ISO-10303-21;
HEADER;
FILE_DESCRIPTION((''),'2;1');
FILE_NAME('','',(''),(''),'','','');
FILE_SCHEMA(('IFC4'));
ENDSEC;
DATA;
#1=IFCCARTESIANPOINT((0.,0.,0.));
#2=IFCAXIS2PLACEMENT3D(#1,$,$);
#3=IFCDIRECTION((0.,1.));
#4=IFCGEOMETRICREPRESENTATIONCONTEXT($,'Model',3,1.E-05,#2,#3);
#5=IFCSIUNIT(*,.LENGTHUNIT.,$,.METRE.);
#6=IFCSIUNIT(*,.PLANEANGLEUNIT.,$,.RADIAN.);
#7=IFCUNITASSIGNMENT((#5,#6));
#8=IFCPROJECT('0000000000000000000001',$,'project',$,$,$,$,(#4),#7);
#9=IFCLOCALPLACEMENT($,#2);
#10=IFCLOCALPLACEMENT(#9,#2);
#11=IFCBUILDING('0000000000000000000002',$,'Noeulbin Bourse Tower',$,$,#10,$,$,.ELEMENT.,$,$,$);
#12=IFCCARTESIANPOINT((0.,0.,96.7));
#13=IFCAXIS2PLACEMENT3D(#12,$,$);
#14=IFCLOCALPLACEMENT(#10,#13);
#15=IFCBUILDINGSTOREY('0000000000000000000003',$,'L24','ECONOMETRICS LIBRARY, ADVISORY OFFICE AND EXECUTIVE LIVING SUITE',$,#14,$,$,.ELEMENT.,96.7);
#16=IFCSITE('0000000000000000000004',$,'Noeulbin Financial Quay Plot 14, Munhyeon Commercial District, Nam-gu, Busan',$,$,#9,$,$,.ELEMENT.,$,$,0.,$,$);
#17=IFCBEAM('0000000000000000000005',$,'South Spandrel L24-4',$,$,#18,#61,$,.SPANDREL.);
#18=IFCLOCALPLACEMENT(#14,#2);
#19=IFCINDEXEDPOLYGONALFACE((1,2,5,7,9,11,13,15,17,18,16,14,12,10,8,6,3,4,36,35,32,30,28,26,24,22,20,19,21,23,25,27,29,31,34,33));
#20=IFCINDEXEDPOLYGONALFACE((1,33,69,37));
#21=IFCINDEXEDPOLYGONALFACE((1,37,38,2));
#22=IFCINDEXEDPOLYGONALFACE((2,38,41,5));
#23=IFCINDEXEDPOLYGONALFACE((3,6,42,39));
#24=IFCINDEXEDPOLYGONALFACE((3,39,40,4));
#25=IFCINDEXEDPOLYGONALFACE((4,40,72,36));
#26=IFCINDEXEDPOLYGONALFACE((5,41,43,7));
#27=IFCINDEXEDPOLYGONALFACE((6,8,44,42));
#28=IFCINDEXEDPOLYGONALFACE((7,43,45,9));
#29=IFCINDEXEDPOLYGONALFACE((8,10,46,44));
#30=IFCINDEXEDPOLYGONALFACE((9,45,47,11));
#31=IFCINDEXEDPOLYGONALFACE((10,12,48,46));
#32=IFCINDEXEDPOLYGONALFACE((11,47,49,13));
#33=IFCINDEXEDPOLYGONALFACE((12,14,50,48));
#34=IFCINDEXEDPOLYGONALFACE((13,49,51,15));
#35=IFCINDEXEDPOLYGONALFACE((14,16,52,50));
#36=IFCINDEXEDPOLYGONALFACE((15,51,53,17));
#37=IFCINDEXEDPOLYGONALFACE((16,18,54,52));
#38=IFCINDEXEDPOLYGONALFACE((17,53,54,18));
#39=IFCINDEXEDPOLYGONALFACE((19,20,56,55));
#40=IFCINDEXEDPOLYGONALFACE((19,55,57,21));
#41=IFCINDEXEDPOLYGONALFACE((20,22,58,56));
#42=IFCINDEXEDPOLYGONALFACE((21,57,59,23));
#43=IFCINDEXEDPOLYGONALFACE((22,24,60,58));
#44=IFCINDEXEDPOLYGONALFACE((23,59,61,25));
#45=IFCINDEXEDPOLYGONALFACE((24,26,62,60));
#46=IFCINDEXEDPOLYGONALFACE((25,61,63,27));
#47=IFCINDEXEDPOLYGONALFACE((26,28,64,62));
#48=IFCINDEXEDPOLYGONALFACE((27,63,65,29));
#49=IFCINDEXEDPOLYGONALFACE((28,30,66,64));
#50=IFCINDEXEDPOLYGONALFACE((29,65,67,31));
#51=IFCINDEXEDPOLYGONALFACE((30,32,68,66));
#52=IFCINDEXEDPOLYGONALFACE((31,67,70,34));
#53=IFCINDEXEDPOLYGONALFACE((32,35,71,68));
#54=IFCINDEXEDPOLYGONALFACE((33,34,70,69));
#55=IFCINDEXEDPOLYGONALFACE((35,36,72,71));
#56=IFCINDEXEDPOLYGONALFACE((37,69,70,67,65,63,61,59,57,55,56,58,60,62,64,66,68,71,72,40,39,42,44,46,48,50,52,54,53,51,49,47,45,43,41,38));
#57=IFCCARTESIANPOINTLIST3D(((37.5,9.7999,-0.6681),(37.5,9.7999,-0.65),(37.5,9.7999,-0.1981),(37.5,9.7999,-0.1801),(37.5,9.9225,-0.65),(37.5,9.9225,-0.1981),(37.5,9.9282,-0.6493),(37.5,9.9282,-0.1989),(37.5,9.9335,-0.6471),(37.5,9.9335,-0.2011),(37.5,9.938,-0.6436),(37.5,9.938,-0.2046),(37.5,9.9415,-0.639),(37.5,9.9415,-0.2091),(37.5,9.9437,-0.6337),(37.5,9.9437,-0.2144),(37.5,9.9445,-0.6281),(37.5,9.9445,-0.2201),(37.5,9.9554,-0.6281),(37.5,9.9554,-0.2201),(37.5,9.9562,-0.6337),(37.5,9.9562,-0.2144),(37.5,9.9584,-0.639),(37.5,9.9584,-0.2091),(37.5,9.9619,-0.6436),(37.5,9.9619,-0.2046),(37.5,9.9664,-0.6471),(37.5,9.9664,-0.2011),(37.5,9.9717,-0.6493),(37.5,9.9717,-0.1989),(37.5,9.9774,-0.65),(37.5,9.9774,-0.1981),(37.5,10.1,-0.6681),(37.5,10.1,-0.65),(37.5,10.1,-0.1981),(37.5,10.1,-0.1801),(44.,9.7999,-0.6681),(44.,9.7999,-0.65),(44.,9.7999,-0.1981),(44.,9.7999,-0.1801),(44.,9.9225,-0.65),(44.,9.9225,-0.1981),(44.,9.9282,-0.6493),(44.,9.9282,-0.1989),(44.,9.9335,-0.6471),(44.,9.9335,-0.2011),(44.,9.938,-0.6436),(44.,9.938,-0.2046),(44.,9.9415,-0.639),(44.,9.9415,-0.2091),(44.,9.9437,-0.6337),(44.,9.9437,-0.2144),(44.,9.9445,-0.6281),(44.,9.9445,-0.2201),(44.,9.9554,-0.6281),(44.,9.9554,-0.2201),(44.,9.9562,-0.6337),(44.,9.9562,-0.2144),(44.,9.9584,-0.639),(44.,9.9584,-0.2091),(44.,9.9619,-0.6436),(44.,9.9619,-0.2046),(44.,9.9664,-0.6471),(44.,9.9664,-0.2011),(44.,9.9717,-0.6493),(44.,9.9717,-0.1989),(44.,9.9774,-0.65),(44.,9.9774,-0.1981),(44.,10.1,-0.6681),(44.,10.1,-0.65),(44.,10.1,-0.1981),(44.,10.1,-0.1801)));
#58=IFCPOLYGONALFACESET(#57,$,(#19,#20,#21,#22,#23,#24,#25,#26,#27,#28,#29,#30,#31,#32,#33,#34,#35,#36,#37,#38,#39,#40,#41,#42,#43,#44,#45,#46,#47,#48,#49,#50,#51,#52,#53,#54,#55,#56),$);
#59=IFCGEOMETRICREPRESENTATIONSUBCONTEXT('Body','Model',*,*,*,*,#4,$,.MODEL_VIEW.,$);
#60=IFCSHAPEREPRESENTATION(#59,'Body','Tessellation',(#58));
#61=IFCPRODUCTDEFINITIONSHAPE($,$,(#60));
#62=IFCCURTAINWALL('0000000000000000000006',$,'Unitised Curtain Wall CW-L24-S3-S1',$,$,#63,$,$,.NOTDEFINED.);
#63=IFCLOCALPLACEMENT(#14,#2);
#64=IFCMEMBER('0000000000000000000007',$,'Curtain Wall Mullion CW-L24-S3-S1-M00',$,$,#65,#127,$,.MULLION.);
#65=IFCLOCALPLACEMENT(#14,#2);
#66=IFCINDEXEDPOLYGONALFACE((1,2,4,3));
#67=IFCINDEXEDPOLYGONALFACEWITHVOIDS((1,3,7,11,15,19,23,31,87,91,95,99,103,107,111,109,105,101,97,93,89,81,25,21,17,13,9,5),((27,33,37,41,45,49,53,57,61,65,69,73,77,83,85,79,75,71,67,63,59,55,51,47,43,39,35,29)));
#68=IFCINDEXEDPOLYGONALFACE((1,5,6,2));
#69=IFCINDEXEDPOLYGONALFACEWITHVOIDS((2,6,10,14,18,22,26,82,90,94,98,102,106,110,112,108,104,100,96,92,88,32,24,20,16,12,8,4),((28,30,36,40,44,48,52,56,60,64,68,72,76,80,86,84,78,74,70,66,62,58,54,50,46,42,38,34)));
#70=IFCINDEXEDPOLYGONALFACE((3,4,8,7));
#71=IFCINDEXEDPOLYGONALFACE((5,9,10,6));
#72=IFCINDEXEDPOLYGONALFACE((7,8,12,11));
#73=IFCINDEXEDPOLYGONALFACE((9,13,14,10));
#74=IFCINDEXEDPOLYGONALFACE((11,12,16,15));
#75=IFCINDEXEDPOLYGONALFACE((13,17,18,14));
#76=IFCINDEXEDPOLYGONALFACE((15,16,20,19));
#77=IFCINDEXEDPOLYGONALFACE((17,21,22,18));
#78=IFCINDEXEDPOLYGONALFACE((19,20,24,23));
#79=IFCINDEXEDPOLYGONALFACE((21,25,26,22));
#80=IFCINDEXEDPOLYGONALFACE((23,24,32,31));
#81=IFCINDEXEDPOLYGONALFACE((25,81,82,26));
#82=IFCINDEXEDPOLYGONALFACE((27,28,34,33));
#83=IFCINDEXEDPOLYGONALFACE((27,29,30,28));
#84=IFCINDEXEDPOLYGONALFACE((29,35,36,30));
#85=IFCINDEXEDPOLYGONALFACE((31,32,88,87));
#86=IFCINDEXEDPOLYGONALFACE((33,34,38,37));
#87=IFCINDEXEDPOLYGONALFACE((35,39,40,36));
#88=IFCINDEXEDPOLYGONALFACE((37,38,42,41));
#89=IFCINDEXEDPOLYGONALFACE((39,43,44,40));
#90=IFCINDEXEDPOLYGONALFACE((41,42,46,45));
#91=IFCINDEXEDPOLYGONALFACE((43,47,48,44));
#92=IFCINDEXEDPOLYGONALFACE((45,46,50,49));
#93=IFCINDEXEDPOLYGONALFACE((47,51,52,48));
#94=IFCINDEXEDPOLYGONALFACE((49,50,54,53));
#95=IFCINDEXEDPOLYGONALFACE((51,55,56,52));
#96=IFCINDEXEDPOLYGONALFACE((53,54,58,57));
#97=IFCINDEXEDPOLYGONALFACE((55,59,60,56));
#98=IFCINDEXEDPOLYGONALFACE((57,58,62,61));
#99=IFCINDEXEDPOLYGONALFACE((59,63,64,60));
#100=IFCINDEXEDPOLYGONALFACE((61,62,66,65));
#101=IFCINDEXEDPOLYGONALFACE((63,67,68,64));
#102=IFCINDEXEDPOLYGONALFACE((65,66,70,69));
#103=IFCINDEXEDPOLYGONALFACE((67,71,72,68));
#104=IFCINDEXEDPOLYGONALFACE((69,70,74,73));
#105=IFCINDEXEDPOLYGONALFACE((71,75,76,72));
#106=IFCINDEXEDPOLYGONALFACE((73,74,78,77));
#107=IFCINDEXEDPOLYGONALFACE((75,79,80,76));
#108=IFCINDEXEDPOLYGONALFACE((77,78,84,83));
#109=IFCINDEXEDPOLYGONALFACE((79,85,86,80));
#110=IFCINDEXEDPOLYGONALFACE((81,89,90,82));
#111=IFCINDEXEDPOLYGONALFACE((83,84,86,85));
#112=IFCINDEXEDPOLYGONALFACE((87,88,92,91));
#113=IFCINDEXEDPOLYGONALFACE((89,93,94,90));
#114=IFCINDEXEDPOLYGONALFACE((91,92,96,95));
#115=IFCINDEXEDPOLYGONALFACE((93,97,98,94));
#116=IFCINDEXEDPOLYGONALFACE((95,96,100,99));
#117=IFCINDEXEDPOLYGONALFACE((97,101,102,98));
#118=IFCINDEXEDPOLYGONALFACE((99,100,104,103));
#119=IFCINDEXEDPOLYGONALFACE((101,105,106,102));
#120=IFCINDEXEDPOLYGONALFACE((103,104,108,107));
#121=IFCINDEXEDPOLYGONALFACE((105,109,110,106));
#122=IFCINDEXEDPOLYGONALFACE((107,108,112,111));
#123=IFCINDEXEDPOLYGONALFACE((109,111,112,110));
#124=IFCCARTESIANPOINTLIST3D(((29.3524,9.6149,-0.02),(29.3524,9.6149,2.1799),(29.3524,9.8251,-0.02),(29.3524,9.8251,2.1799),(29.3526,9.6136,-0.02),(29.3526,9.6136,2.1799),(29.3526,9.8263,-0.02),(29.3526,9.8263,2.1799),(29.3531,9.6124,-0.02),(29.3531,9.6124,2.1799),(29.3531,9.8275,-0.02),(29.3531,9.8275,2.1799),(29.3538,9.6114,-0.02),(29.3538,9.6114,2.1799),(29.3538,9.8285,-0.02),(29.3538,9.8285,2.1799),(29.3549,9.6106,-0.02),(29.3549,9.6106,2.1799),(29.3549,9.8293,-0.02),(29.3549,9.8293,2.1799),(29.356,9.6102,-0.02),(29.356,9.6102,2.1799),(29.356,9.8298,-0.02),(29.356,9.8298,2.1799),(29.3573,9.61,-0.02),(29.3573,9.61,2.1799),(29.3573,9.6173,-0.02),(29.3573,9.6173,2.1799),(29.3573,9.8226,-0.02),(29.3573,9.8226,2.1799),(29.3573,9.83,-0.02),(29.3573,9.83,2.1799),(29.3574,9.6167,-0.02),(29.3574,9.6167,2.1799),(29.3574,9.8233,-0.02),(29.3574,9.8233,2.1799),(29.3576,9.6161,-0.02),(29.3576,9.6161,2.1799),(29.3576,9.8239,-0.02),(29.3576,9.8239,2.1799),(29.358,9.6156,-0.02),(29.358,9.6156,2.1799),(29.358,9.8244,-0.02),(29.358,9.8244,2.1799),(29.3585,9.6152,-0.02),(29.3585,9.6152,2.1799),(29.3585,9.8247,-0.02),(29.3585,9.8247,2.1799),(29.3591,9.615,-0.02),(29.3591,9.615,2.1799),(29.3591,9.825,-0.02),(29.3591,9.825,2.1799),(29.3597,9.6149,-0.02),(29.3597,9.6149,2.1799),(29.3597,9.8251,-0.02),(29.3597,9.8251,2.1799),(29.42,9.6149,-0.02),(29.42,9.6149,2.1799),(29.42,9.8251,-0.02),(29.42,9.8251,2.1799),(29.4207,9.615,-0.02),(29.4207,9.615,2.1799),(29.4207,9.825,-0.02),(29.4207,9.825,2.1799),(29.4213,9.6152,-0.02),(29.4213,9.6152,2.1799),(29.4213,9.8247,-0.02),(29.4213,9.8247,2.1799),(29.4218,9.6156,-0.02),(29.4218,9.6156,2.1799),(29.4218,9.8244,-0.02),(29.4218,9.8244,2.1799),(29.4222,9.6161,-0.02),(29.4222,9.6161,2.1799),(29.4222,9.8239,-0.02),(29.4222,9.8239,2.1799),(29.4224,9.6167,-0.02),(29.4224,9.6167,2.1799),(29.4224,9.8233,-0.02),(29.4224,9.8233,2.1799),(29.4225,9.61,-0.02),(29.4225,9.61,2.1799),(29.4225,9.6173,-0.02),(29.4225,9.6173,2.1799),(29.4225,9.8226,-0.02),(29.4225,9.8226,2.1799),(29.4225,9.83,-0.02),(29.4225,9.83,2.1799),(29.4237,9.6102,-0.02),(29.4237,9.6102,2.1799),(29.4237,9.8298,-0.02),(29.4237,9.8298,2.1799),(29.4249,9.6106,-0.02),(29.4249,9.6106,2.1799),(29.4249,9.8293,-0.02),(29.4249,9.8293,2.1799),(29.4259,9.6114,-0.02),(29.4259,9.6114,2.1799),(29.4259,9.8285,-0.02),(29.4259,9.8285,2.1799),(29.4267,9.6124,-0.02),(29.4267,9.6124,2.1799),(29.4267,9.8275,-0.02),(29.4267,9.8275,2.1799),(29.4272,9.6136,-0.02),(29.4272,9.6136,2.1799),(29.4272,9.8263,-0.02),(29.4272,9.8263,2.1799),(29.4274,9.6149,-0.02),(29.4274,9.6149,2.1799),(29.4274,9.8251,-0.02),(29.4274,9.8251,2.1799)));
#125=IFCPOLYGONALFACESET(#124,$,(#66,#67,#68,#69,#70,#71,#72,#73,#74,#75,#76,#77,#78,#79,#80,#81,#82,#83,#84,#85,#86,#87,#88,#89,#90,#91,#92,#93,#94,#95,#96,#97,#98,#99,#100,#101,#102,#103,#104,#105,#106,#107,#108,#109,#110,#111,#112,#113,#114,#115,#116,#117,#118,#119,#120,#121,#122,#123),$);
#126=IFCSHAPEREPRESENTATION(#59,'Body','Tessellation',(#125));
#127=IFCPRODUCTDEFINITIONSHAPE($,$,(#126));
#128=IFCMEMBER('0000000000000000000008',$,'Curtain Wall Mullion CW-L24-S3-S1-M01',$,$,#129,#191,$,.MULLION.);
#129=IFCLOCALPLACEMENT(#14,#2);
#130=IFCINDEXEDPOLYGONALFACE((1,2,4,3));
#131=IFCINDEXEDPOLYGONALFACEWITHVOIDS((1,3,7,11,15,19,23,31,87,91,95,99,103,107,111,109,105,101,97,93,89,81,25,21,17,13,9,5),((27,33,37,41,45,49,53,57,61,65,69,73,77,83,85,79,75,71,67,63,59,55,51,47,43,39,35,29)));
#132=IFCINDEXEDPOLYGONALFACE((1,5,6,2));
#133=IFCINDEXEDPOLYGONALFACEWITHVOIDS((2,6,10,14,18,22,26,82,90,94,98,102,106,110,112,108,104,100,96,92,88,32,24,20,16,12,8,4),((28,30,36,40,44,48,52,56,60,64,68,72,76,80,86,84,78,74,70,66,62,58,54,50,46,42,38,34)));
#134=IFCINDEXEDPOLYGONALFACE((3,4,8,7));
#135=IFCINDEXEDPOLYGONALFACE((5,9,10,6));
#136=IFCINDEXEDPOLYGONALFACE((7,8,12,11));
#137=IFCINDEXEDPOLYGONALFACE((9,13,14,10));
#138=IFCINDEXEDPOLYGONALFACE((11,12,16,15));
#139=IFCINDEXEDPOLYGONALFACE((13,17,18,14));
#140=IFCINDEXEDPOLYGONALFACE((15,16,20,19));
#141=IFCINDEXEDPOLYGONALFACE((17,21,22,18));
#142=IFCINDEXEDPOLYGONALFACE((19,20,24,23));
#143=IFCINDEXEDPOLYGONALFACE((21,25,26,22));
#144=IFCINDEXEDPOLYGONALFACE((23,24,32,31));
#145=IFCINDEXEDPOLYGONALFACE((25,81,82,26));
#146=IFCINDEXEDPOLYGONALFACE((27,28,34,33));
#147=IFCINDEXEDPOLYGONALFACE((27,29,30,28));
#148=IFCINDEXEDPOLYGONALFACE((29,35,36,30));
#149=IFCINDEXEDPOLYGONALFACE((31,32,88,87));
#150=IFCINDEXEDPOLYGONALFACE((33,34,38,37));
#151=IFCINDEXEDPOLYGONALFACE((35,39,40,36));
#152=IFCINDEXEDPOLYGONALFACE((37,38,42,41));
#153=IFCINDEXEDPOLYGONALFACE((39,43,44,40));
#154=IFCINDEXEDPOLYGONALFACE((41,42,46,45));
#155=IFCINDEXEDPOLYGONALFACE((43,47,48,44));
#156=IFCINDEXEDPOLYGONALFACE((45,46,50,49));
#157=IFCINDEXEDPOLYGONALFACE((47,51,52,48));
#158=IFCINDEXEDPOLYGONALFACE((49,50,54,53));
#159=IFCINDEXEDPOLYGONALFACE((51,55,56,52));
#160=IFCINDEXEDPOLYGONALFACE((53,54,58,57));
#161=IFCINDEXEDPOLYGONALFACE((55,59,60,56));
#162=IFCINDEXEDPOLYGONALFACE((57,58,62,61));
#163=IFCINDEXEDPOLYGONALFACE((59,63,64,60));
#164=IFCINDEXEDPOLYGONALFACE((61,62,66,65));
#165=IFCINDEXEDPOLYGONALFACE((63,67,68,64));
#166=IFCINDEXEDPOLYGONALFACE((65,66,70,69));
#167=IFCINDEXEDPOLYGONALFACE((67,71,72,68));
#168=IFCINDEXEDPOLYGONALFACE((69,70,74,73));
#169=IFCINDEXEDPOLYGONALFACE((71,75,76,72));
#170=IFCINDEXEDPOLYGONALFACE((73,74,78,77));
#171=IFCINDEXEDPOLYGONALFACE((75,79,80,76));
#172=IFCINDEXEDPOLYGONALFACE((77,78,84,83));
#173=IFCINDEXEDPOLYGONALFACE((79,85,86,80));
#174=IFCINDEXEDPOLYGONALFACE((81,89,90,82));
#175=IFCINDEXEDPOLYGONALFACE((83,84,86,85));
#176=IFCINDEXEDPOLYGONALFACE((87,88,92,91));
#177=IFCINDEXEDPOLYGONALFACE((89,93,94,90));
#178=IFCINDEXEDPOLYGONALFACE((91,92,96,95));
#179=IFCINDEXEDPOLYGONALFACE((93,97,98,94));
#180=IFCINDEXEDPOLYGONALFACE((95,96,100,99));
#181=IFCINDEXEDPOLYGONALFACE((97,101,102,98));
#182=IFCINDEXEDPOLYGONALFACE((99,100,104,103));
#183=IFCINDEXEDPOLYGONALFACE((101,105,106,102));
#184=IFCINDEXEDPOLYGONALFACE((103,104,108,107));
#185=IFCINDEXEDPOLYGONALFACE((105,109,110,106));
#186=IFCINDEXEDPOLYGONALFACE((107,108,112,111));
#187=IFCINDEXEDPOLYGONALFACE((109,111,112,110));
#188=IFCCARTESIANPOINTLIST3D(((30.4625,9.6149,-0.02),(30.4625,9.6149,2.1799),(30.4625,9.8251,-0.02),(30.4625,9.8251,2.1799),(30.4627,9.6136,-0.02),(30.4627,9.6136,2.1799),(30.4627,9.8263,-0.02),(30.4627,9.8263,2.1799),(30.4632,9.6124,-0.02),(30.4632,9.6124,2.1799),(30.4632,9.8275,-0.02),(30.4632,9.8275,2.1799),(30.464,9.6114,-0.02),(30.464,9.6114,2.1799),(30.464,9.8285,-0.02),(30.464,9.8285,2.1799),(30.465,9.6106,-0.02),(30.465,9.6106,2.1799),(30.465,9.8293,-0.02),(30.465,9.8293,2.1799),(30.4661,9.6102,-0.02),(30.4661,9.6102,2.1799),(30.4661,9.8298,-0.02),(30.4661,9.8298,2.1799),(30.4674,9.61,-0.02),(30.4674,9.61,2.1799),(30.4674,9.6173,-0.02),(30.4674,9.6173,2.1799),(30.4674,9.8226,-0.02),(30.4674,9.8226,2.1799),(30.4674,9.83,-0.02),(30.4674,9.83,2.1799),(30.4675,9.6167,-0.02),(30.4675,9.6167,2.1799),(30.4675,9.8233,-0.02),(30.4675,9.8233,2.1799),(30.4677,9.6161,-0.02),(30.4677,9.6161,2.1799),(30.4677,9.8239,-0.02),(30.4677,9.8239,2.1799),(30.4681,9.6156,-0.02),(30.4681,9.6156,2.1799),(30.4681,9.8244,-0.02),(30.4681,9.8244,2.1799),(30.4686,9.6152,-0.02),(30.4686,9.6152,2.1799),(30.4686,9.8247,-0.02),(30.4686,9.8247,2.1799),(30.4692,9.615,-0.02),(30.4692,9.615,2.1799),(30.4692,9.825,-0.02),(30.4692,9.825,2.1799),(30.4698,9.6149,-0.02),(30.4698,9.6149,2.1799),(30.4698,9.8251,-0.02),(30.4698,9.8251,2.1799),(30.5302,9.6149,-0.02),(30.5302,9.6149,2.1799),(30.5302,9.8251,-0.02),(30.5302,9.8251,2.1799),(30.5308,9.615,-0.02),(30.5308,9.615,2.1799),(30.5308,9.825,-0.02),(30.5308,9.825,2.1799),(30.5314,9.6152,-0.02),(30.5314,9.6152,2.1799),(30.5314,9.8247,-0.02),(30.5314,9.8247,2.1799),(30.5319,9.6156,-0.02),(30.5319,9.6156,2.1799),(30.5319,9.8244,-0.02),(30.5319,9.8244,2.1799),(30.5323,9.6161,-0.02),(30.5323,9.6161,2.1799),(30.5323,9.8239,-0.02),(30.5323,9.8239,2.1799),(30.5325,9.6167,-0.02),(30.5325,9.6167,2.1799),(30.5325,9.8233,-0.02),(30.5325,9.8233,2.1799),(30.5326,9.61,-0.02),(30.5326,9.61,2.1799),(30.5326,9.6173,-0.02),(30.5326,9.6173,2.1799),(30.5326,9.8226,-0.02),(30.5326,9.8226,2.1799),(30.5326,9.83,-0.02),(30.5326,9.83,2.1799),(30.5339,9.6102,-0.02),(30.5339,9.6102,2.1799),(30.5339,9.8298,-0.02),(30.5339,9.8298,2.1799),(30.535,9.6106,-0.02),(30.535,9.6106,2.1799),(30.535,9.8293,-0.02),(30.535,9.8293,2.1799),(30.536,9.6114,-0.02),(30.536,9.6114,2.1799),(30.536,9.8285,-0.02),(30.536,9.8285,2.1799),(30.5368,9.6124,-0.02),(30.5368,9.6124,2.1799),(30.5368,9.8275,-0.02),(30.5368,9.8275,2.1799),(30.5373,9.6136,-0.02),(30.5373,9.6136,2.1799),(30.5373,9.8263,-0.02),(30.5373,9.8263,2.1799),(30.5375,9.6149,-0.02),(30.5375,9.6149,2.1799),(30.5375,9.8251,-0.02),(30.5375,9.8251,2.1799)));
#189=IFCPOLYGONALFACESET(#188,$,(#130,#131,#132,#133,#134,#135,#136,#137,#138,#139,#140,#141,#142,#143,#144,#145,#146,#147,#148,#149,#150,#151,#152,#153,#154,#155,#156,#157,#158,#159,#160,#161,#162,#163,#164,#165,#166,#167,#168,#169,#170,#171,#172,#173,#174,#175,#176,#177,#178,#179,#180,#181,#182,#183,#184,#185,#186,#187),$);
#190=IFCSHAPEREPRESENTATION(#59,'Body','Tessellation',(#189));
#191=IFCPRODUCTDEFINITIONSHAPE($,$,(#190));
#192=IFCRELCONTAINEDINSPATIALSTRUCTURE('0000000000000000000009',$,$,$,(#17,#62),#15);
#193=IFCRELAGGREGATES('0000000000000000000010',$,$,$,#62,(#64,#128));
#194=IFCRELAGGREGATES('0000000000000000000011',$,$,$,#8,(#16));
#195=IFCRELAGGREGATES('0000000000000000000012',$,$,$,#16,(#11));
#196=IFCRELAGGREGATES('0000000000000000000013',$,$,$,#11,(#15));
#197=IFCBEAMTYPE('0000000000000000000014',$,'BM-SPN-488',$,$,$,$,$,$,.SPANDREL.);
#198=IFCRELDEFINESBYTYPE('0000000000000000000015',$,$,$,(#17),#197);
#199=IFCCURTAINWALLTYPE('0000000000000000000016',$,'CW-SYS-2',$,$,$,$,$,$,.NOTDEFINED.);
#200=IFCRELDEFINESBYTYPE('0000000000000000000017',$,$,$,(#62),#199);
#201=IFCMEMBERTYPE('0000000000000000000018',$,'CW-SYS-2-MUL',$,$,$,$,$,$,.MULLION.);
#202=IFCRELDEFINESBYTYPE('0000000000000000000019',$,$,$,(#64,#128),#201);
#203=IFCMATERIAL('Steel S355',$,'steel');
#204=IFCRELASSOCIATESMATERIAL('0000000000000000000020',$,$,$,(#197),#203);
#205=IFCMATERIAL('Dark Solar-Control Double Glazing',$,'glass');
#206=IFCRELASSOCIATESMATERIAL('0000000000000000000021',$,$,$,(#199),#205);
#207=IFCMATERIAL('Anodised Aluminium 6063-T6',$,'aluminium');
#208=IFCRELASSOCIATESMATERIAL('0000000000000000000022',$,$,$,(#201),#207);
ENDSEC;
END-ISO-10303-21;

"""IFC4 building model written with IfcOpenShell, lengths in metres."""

from ifc_helpers import new_model, si_unit, direction, frame, origin, origin_2d, place, context, subcontext, project, spatial, hollow_rectangle, i_section, extrude, material, material_profile, profile_set, type_object, element, aggregate, save


model = new_model("IFC4")

# Units and contexts
model_context = context("Model", 3, precision=1e-05, world=origin(), true_north=direction((0.0, 1.0)))
body_context = subcontext(model_context, "Body", "Model", "MODEL_VIEW")
ifc_project = project(units=[si_unit("LENGTHUNIT", "METRE"), si_unit("PLANEANGLEUNIT", "RADIAN")], contexts=[model_context])

# Site, building, storey
site_placement = place(None, origin())
site = spatial("IfcSite", under=ifc_project, at=site_placement, Name="Noeulbin Financial Quay Plot 14, Munhyeon Commercial District, Nam-gu, Busan", CompositionType="ELEMENT", RefElevation=0.0)
building_placement = place(site_placement, origin())
building = spatial("IfcBuilding", under=site, at=building_placement, Name="Noeulbin Bourse Tower", CompositionType="ELEMENT")
storey_placement = place(building_placement, frame((0.0, 0.0, 96.7)))
storey = spatial("IfcBuildingStorey", under=building, at=storey_placement, Name="L24", Description="ECONOMETRICS LIBRARY, ADVISORY OFFICE AND EXECUTIVE LIVING SUITE", CompositionType="ELEMENT", Elevation=96.7)

# Beam
ifc_material_1 = material(Name="Steel S355", Category="steel")
ifc_material_profile_1 = material_profile(ifc_material_1, i_section(OverallWidth=0.3, OverallDepth=0.488, WebThickness=0.011, FlangeThickness=0.0181, FilletRadius=0.022, at=origin_2d()), Name="H-488x300x11x18", Category="LoadBearing")
ifc_profile_set_1 = profile_set([ifc_material_profile_1], Name="Steel S355")
beam_type_1 = type_object("IfcBeamType", Name="BM-SPN-488", PredefinedType="SPANDREL", material=ifc_profile_set_1)
for number, where, z_axis, x_axis, name in (
    (1, (37.5, 9.95, -0.4241), (1.0, 0.0, 0.0), (0.0, 1.0, 0.0), "South Spandrel L24-4"),
):
    element("IfcBeam", number, at=place(storey_placement, frame(where, z_axis=z_axis, x_axis=x_axis)), inside=storey, type_object=beam_type_1, Name=name, PredefinedType="SPANDREL", context=body_context, shape_type="SweptSolid", body=[
        extrude(i_section(OverallWidth=0.3, OverallDepth=0.488, WebThickness=0.011, FlangeThickness=0.0181, FilletRadius=0.022, at=origin_2d()), origin(), (0.0, 0.0, 1.0), 6.5),
    ])

# Curtain wall, members
ifc_material_2 = material(Name="Dark Solar-Control Double Glazing", Category="glass")
curtain_wall_type = type_object("IfcCurtainWallType", Name="CW-SYS-2", PredefinedType="NOTDEFINED", material=ifc_material_2)
curtain_wall_1_placement = place(storey_placement, origin())
curtain_wall_1 = element("IfcCurtainWall", 2, at=curtain_wall_1_placement, inside=storey, type_object=curtain_wall_type, Name="Unitised Curtain Wall CW-L24-S3-S1", PredefinedType="NOTDEFINED")
ifc_material_3 = material(Name="Anodised Aluminium 6063-T6", Category="aluminium")
ifc_material_profile_2 = material_profile(ifc_material_3, hollow_rectangle(XDim=0.075, YDim=0.22, WallThickness=0.0049, InnerFilletRadius=0.0024, OuterFilletRadius=0.0049, at=origin_2d()), Name="ALU-MULL-75x220x5", Category="LoadBearing")
ifc_profile_set_2 = profile_set([ifc_material_profile_2], Name="Anodised Aluminium 6063-T6")
member_type_1 = type_object("IfcMemberType", Name="CW-SYS-2-MUL", PredefinedType="MULLION", material=ifc_profile_set_2)
member_1_placement = place(storey_placement, frame((29.3899, 9.72, -0.02), z_axis=(0.0, 0.0, 1.0), x_axis=(1.0, 0.0, 0.0)))
member_1 = element("IfcMember", 3, at=member_1_placement, type_object=member_type_1, Name="Curtain Wall Mullion CW-L24-S3-S1-M00", PredefinedType="MULLION", context=body_context, shape_type="SweptSolid", body=[
    extrude(hollow_rectangle(XDim=0.075, YDim=0.22, WallThickness=0.0049, InnerFilletRadius=0.0024, OuterFilletRadius=0.0049, at=origin_2d()), origin(), (0.0, 0.0, 1.0), 2.2),
])
member_2_placement = place(storey_placement, frame((30.5, 9.72, -0.02), z_axis=(0.0, 0.0, 1.0), x_axis=(1.0, 0.0, 0.0)))
member_2 = element("IfcMember", 4, at=member_2_placement, type_object=member_type_1, Name="Curtain Wall Mullion CW-L24-S3-S1-M01", PredefinedType="MULLION", context=body_context, shape_type="SweptSolid", body=[
    extrude(hollow_rectangle(XDim=0.075, YDim=0.22, WallThickness=0.0049, InnerFilletRadius=0.0024, OuterFilletRadius=0.0049, at=origin_2d()), origin(), (0.0, 0.0, 1.0), 2.2),
])

aggregate(curtain_wall_1, [member_1, member_2])

save(model, "model.ifc")
